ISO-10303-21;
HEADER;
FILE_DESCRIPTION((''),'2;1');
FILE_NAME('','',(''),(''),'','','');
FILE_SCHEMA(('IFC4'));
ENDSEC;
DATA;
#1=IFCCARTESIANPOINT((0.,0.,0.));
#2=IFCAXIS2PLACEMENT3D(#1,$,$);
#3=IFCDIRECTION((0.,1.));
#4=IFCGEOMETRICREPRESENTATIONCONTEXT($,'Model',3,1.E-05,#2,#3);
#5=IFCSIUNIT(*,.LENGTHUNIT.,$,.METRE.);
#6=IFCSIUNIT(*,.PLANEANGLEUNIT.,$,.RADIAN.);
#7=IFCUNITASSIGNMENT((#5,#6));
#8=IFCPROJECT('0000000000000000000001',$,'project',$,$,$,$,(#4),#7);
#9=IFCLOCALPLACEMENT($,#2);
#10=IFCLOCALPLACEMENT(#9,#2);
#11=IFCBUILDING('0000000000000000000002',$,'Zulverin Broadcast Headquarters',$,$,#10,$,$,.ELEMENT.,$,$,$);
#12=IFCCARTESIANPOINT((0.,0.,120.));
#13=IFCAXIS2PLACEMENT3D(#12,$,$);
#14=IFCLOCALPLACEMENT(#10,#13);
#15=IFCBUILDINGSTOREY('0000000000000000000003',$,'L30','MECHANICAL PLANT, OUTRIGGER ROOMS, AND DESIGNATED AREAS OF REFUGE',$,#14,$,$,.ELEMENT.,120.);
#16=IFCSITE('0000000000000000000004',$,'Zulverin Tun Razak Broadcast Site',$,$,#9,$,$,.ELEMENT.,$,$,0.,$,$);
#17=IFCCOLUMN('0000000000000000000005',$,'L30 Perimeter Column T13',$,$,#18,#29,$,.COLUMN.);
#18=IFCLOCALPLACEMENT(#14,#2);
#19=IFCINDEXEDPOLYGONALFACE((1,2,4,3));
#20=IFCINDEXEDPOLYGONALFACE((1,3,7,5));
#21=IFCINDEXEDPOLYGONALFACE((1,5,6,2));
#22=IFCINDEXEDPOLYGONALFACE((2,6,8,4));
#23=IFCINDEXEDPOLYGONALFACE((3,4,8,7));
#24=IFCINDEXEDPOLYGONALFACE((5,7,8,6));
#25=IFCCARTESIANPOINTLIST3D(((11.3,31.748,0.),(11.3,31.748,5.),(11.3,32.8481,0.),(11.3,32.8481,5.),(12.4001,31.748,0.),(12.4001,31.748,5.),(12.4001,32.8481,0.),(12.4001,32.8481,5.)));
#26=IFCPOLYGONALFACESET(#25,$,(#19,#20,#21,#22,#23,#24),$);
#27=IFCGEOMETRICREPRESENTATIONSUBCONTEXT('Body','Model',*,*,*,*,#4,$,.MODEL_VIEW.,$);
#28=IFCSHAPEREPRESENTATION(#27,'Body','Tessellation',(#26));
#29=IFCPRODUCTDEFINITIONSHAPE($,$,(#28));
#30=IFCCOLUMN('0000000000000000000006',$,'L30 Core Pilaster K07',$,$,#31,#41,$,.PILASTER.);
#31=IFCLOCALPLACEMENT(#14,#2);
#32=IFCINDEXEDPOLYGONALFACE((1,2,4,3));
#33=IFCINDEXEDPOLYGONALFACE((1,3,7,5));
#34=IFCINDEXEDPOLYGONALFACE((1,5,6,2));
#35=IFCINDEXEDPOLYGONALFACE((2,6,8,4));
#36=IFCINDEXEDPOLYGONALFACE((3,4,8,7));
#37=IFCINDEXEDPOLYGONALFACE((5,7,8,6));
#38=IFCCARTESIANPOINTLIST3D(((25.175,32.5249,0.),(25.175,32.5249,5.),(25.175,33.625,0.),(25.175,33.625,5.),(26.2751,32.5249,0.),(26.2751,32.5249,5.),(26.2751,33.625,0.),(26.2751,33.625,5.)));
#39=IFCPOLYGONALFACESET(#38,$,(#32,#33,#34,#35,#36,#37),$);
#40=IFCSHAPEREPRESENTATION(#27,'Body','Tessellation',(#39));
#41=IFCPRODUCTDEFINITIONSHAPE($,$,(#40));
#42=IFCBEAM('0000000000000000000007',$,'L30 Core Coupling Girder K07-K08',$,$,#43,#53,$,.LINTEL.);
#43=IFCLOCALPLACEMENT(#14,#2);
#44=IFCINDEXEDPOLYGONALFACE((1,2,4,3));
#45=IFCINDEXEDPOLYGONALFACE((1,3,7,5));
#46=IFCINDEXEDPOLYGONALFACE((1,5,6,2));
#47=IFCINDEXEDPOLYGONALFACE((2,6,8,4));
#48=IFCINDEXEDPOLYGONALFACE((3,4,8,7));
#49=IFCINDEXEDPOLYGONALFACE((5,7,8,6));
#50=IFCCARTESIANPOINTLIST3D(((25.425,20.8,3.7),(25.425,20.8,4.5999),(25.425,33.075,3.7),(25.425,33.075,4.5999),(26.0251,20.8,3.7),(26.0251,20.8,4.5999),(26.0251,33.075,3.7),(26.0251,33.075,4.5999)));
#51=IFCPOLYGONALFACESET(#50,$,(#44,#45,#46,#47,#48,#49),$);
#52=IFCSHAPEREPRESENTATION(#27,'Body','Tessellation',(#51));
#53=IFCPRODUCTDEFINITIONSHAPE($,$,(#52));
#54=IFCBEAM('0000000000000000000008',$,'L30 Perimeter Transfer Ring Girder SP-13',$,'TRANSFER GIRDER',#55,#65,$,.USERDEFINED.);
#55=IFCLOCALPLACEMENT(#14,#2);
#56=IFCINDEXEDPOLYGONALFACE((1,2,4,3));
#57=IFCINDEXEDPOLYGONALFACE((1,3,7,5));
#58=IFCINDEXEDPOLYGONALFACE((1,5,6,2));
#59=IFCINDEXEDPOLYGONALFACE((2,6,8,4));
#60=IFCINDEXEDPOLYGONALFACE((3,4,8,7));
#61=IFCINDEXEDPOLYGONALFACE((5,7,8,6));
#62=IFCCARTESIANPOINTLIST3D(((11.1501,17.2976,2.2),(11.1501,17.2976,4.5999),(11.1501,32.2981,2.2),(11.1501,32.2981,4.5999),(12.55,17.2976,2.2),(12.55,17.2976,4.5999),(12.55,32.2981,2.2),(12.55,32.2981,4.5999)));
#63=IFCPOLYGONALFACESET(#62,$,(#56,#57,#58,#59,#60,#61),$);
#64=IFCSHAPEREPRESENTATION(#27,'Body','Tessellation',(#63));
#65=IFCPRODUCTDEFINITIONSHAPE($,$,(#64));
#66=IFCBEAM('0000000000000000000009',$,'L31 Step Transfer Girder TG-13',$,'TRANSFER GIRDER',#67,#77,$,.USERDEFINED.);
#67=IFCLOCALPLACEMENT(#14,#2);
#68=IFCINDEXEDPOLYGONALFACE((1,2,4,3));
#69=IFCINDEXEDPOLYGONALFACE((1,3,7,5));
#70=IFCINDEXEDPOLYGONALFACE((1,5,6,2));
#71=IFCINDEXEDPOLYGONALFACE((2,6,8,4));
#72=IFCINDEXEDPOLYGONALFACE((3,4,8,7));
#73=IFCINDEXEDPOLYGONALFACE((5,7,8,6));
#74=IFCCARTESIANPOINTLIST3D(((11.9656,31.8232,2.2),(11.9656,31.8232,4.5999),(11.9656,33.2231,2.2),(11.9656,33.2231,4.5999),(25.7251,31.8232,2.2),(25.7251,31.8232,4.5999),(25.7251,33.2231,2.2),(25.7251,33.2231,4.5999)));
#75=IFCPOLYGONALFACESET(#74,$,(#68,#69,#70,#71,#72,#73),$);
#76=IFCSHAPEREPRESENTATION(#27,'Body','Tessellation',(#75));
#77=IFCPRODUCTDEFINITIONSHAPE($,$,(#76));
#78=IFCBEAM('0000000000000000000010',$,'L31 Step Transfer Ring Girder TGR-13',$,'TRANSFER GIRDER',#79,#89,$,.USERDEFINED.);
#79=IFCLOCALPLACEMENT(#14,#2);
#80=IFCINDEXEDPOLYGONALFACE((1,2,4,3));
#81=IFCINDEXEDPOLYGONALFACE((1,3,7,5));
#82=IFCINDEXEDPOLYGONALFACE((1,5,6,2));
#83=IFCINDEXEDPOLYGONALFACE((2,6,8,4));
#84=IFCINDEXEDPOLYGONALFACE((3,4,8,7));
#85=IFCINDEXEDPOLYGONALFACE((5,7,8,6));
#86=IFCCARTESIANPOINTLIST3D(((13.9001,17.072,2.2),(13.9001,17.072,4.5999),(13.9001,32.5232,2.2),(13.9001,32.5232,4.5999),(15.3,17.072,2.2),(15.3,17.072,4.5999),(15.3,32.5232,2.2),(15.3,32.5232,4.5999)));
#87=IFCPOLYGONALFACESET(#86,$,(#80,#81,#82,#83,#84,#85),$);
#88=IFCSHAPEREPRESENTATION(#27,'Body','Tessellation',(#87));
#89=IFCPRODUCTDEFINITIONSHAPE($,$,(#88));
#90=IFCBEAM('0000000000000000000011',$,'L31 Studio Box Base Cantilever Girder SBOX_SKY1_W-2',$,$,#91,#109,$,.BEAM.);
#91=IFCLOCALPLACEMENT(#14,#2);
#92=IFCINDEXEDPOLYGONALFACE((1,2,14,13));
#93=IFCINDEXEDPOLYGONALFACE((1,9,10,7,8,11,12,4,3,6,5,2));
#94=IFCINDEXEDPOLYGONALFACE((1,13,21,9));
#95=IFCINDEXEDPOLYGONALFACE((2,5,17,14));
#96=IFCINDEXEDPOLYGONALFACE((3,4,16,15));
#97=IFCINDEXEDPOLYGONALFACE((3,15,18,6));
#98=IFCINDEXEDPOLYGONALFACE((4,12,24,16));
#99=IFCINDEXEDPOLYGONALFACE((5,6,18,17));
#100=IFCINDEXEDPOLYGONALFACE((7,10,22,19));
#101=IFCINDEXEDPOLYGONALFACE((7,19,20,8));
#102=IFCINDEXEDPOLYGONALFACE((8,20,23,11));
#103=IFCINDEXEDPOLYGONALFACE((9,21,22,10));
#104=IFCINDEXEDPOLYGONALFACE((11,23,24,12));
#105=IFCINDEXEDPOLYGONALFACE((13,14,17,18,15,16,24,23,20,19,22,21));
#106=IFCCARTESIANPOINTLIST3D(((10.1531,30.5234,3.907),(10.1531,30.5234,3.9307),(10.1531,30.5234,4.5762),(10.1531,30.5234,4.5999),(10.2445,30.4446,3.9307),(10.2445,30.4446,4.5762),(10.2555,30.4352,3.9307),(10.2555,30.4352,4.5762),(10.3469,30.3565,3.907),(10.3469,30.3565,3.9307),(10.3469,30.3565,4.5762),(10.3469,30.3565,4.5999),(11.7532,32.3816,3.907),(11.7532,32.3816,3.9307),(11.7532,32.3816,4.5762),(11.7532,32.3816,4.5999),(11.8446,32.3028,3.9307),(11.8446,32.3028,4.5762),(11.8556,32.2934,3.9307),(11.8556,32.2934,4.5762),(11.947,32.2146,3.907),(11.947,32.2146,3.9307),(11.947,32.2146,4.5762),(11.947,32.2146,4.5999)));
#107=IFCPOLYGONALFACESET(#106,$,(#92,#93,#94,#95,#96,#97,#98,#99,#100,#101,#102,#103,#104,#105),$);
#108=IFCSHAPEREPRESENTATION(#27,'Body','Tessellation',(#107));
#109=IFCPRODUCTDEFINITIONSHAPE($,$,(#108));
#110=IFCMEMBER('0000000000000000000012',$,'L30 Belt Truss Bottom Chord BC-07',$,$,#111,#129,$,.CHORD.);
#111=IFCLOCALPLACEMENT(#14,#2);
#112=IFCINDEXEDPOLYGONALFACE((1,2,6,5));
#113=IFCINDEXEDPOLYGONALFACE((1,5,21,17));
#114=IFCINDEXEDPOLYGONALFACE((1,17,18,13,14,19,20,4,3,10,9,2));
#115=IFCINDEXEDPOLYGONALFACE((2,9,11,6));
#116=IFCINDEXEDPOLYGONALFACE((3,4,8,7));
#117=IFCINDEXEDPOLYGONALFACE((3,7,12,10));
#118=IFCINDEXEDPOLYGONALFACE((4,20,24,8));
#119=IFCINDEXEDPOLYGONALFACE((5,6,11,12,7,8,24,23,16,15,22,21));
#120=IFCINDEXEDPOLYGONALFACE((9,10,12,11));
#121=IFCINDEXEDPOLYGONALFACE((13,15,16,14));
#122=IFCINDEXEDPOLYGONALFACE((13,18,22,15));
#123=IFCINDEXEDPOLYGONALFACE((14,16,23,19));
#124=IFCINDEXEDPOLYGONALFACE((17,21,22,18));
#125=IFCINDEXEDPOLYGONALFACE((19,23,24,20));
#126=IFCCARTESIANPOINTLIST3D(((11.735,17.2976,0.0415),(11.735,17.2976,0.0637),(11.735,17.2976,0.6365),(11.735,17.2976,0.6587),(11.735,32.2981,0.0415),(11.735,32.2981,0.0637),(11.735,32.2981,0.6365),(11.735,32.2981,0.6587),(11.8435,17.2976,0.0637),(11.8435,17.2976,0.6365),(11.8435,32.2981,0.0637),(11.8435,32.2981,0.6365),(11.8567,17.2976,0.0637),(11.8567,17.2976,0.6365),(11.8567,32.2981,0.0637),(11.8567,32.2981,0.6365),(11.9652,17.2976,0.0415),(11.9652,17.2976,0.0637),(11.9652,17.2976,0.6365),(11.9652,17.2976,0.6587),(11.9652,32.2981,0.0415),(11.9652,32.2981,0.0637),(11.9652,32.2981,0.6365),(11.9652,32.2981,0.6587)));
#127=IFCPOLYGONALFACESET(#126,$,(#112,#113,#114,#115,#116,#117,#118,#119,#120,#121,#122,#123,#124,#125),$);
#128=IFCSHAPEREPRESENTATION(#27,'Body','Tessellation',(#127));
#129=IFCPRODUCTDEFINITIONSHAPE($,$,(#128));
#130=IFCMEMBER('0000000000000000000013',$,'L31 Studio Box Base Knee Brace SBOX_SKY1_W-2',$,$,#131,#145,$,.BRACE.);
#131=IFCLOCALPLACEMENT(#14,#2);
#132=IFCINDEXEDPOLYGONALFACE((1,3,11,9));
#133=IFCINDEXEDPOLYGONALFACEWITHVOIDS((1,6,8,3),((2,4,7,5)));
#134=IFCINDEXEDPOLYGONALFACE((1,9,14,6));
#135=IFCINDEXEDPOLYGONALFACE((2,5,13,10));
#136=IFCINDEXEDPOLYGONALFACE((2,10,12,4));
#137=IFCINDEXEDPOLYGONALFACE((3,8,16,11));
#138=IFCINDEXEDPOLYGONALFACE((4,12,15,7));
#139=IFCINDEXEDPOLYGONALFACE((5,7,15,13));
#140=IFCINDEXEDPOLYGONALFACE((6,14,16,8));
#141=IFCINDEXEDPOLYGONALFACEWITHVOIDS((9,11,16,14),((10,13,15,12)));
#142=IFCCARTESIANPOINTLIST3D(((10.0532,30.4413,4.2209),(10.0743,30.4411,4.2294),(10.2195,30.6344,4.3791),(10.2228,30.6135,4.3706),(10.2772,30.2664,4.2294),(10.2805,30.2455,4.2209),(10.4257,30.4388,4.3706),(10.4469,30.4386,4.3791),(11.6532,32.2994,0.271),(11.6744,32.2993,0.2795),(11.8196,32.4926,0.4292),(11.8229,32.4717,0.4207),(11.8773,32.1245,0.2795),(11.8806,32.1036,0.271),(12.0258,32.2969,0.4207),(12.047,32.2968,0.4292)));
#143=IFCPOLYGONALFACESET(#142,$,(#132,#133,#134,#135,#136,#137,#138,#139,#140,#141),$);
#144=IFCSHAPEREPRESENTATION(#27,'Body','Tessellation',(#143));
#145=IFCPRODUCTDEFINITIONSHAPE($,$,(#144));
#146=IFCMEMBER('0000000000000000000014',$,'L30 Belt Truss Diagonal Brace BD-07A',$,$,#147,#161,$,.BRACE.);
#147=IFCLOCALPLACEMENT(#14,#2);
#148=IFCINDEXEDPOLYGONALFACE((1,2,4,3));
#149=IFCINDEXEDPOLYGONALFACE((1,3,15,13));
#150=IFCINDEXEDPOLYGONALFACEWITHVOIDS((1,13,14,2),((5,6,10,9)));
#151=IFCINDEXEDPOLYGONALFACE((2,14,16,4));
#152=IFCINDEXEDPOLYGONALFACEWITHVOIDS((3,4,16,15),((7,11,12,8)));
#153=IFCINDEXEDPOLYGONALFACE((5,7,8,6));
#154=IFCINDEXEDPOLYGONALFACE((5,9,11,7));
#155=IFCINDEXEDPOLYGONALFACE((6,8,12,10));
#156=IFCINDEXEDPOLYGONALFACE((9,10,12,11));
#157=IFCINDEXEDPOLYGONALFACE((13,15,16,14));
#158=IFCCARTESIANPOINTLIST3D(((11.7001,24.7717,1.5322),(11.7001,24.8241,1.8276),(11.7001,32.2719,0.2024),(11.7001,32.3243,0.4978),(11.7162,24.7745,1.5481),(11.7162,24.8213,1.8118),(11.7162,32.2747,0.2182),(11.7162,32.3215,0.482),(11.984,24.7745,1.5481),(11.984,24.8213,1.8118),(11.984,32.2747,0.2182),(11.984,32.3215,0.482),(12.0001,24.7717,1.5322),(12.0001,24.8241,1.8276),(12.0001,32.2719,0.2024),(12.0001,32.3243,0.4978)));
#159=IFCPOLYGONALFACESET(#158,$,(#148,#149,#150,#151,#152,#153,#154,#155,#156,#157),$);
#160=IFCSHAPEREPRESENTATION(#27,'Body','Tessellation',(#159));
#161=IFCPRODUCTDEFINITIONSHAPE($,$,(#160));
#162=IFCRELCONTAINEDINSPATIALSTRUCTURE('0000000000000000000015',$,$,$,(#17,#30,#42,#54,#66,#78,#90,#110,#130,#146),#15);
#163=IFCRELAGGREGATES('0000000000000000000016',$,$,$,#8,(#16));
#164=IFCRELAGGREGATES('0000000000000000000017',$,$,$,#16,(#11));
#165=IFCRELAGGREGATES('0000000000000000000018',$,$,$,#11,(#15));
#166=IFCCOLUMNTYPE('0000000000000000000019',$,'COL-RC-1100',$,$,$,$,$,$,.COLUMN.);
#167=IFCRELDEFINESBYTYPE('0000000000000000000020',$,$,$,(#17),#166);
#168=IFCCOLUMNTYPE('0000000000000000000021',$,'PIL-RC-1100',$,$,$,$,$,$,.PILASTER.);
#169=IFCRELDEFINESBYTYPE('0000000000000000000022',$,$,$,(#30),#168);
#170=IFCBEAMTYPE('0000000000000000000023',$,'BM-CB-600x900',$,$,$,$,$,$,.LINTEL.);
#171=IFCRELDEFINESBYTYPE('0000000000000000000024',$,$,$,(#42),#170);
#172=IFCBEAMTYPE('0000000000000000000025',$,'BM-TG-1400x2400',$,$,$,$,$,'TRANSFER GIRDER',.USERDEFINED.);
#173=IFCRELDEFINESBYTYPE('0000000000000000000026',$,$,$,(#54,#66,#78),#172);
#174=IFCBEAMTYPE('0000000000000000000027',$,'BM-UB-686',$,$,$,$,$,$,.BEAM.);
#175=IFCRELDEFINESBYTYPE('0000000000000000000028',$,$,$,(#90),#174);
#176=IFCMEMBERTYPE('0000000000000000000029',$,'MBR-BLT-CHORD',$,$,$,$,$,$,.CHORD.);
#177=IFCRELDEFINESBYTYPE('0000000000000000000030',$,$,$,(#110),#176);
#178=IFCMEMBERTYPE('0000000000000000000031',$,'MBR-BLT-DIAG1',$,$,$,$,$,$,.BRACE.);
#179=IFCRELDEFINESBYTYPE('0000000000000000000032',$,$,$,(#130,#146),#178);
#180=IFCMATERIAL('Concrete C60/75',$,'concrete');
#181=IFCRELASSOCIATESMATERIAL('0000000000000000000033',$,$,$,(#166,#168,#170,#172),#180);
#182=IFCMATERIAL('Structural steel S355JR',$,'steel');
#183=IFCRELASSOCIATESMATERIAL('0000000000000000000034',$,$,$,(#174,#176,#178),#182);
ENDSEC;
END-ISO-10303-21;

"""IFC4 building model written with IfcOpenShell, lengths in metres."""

from ifc_helpers import new_model, si_unit, direction, frame, origin, origin_2d, place, context, subcontext, project, spatial, rectangle, hollow_rectangle, i_section, extrude, material, material_profile, profile_set, type_object, element, save


model = new_model("IFC4")

# Units and contexts
model_context = context("Model", 3, precision=1e-05, world=origin(), true_north=direction((0.0, 1.0)))
body_context = subcontext(model_context, "Body", "Model", "MODEL_VIEW")
ifc_project = project(units=[si_unit("LENGTHUNIT", "METRE"), si_unit("PLANEANGLEUNIT", "RADIAN")], contexts=[model_context])

# Site, building, storey
site_placement = place(None, origin())
site = spatial("IfcSite", under=ifc_project, at=site_placement, Name="Zulverin Tun Razak Broadcast Site", CompositionType="ELEMENT", RefElevation=0.0)
building_placement = place(site_placement, origin())
building = spatial("IfcBuilding", under=site, at=building_placement, Name="Zulverin Broadcast Headquarters", CompositionType="ELEMENT")
storey_placement = place(building_placement, frame((0.0, 0.0, 120.0)))
storey = spatial("IfcBuildingStorey", under=building, at=storey_placement, Name="L30", Description="MECHANICAL PLANT, OUTRIGGER ROOMS, AND DESIGNATED AREAS OF REFUGE", CompositionType="ELEMENT", Elevation=120.0)

# Columns
ifc_material_1 = material(Name="Concrete C60/75", Category="concrete")
ifc_material_profile_1 = material_profile(ifc_material_1, rectangle(XDim=1.1001, YDim=1.1001, at=origin_2d()), Name="Concrete C60/75", Category="concrete")
ifc_profile_set_1 = profile_set([ifc_material_profile_1], Name="Concrete C60/75")
column_type_1 = type_object("IfcColumnType", Name="COL-RC-1100", PredefinedType="COLUMN", material=ifc_profile_set_1)
column_1_placement = place(storey_placement, frame((11.8501, 32.2981, 0.0), z_axis=(0.0, 0.0, 1.0), x_axis=(1.0, 0.0, 0.0)))
element("IfcColumn", 1, at=column_1_placement, inside=storey, type_object=column_type_1, Name="L30 Perimeter Column T13", PredefinedType="COLUMN", context=body_context, shape_type="SweptSolid", body=[
    extrude(rectangle(XDim=1.1001, YDim=1.1001, at=origin_2d()), origin(), (0.0, 0.0, 1.0), 5.0),
])
ifc_material_profile_2 = material_profile(ifc_material_1, rectangle(XDim=1.1001, YDim=1.1001, at=origin_2d()), Name="Concrete C60/75", Category="concrete")
ifc_profile_set_2 = profile_set([ifc_material_profile_2], Name="Concrete C60/75")
column_type_2 = type_object("IfcColumnType", Name="PIL-RC-1100", PredefinedType="PILASTER", material=ifc_profile_set_2)
column_2_placement = place(storey_placement, frame((25.7251, 33.075, 0.0), z_axis=(0.0, 0.0, 1.0), x_axis=(1.0, 0.0, 0.0)))
element("IfcColumn", 2, at=column_2_placement, inside=storey, type_object=column_type_2, Name="L30 Core Pilaster K07", PredefinedType="PILASTER", context=body_context, shape_type="SweptSolid", body=[
    extrude(rectangle(XDim=1.1001, YDim=1.1001, at=origin_2d()), origin(), (0.0, 0.0, 1.0), 5.0),
])

# Beams
ifc_material_profile_3 = material_profile(ifc_material_1, rectangle(XDim=0.6001, YDim=0.8999, at=origin_2d()), Name="Concrete C60/75", Category="concrete")
ifc_profile_set_3 = profile_set([ifc_material_profile_3], Name="Concrete C60/75")
beam_type_1 = type_object("IfcBeamType", Name="BM-CB-600x900", PredefinedType="LINTEL", material=ifc_profile_set_3)
beam_1_placement = place(storey_placement, frame((25.7251, 33.075, 4.1499), z_axis=(0.0, -1.0, 0.0), x_axis=(1.0, 0.0, 0.0)))
element("IfcBeam", 3, at=beam_1_placement, inside=storey, type_object=beam_type_1, Name="L30 Core Coupling Girder K07-K08", PredefinedType="LINTEL", context=body_context, shape_type="SweptSolid", body=[
    extrude(rectangle(XDim=0.6001, YDim=0.8999, at=origin_2d()), origin(), (0.0, 0.0, 1.0), 12.2749),
])
ifc_material_profile_4 = material_profile(ifc_material_1, rectangle(XDim=1.3999, YDim=2.3999, at=origin_2d()), Name="Concrete C60/75", Category="concrete")
ifc_profile_set_4 = profile_set([ifc_material_profile_4], Name="Concrete C60/75")
beam_type_2 = type_object("IfcBeamType", Name="BM-TG-1400x2400", ElementType="TRANSFER GIRDER", PredefinedType="USERDEFINED", material=ifc_profile_set_4)
beam_2_placement = place(storey_placement, frame((11.8501, 32.2981, 3.3999), z_axis=(0.0, -1.0, 0.0), x_axis=(1.0, 0.0, 0.0)))
element("IfcBeam", 4, at=beam_2_placement, inside=storey, type_object=beam_type_2, Name="L30 Perimeter Transfer Ring Girder SP-13", ObjectType="TRANSFER GIRDER", PredefinedType="USERDEFINED", context=body_context, shape_type="SweptSolid", body=[
    extrude(rectangle(XDim=1.3999, YDim=2.3999, at=origin_2d()), origin(), (0.0, 0.0, 1.0), 15.0005),
])
beam_3_placement = place(storey_placement, frame((25.7251, 32.5232, 3.3999), z_axis=(-1.0, 0.0, 0.0), x_axis=(0.0, -1.0, 0.0)))
element("IfcBeam", 5, at=beam_3_placement, inside=storey, type_object=beam_type_2, Name="L31 Step Transfer Girder TG-13", ObjectType="TRANSFER GIRDER", PredefinedType="USERDEFINED", context=body_context, shape_type="SweptSolid", body=[
    extrude(rectangle(XDim=1.3999, YDim=2.3999, at=origin_2d()), origin(), (0.0, 0.0, 1.0), 13.7595),
])
beam_4_placement = place(storey_placement, frame((14.6001, 32.5232, 3.3999), z_axis=(0.0, -1.0, 0.0), x_axis=(1.0, 0.0, 0.0)))
element("IfcBeam", 6, at=beam_4_placement, inside=storey, type_object=beam_type_2, Name="L31 Step Transfer Ring Girder TGR-13", ObjectType="TRANSFER GIRDER", PredefinedType="USERDEFINED", context=body_context, shape_type="SweptSolid", body=[
    extrude(rectangle(XDim=1.3999, YDim=2.3999, at=origin_2d()), origin(), (0.0, 0.0, 1.0), 15.4512),
])
ifc_material_2 = material(Name="Structural steel S355JR", Category="steel")
ifc_material_profile_5 = material_profile(ifc_material_2, i_section(OverallWidth=0.2559, OverallDepth=0.6929, WebThickness=0.0144, FlangeThickness=0.0237, at=origin_2d()), Name="Structural steel S355JR", Category="steel")
ifc_profile_set_5 = profile_set([ifc_material_profile_5], Name="Structural steel S355JR")
beam_type_3 = type_object("IfcBeamType", Name="BM-UB-686", PredefinedType="BEAM", material=ifc_profile_set_5)
beam_5_placement = place(storey_placement, frame((11.8501, 32.2981, 4.2534), z_axis=(-0.652528, -0.757765, 0.0), x_axis=(0.757765, -0.652528, 0.0)))
element("IfcBeam", 7, at=beam_5_placement, inside=storey, type_object=beam_type_3, Name="L31 Studio Box Base Cantilever Girder SBOX_SKY1_W-2", PredefinedType="BEAM", context=body_context, shape_type="SweptSolid", body=[
    extrude(i_section(OverallWidth=0.2559, OverallDepth=0.6929, WebThickness=0.0144, FlangeThickness=0.0237, at=origin_2d()), origin(), (0.0, 0.0, 1.0), 2.4521),
])

# Members
ifc_material_profile_6 = material_profile(ifc_material_2, i_section(OverallWidth=0.2302, OverallDepth=0.6172, WebThickness=0.0132, FlangeThickness=0.0222, at=origin_2d()), Name="Structural steel S355JR", Category="steel")
ifc_profile_set_6 = profile_set([ifc_material_profile_6], Name="Structural steel S355JR")
member_type_1 = type_object("IfcMemberType", Name="MBR-BLT-CHORD", PredefinedType="CHORD", material=ifc_profile_set_6)
member_1_placement = place(storey_placement, frame((11.8501, 32.2981, 0.3501), z_axis=(0.0, -1.0, 0.0), x_axis=(1.0, 0.0, 0.0)))
element("IfcMember", 8, at=member_1_placement, inside=storey, type_object=member_type_1, Name="L30 Belt Truss Bottom Chord BC-07", PredefinedType="CHORD", context=body_context, shape_type="SweptSolid", body=[
    extrude(i_section(OverallWidth=0.2302, OverallDepth=0.6172, WebThickness=0.0132, FlangeThickness=0.0222, at=origin_2d()), origin(), (0.0, 0.0, 1.0), 15.0005),
])
ifc_material_profile_7 = material_profile(ifc_material_2, hollow_rectangle(XDim=0.3, YDim=0.3, WallThickness=0.0161, at=origin_2d()), Name="Structural steel S355JR", Category="steel")
ifc_profile_set_7 = profile_set([ifc_material_profile_7], Name="Structural steel S355JR")
member_type_2 = type_object("IfcMemberType", Name="MBR-BLT-DIAG1", PredefinedType="BRACE", material=ifc_profile_set_7)
member_2_placement = place(storey_placement, frame((11.8501, 32.2981, 0.3501), z_axis=(-0.344165, -0.399671, 0.849596), x_axis=(0.757765, -0.652528, 0.0)))
element("IfcMember", 9, at=member_2_placement, inside=storey, type_object=member_type_2, Name="L31 Studio Box Base Knee Brace SBOX_SKY1_W-2", PredefinedType="BRACE", context=body_context, shape_type="SweptSolid", body=[
    extrude(hollow_rectangle(XDim=0.3, YDim=0.3, WallThickness=0.0161, at=origin_2d()), origin(), (0.0, 0.0, 1.0), 4.6492),
])
member_3_placement = place(storey_placement, frame((11.8501, 32.2981, 0.3501), z_axis=(0.0, -0.984643, 0.174582), x_axis=(1.0, 0.0, 0.0)))
element("IfcMember", 10, at=member_3_placement, inside=storey, type_object=member_type_2, Name="L30 Belt Truss Diagonal Brace BD-07A", PredefinedType="BRACE", context=body_context, shape_type="SweptSolid", body=[
    extrude(hollow_rectangle(XDim=0.3, YDim=0.3, WallThickness=0.0161, at=origin_2d()), origin(), (0.0, 0.0, 1.0), 7.6172),
])

save(model, "model.ifc")
